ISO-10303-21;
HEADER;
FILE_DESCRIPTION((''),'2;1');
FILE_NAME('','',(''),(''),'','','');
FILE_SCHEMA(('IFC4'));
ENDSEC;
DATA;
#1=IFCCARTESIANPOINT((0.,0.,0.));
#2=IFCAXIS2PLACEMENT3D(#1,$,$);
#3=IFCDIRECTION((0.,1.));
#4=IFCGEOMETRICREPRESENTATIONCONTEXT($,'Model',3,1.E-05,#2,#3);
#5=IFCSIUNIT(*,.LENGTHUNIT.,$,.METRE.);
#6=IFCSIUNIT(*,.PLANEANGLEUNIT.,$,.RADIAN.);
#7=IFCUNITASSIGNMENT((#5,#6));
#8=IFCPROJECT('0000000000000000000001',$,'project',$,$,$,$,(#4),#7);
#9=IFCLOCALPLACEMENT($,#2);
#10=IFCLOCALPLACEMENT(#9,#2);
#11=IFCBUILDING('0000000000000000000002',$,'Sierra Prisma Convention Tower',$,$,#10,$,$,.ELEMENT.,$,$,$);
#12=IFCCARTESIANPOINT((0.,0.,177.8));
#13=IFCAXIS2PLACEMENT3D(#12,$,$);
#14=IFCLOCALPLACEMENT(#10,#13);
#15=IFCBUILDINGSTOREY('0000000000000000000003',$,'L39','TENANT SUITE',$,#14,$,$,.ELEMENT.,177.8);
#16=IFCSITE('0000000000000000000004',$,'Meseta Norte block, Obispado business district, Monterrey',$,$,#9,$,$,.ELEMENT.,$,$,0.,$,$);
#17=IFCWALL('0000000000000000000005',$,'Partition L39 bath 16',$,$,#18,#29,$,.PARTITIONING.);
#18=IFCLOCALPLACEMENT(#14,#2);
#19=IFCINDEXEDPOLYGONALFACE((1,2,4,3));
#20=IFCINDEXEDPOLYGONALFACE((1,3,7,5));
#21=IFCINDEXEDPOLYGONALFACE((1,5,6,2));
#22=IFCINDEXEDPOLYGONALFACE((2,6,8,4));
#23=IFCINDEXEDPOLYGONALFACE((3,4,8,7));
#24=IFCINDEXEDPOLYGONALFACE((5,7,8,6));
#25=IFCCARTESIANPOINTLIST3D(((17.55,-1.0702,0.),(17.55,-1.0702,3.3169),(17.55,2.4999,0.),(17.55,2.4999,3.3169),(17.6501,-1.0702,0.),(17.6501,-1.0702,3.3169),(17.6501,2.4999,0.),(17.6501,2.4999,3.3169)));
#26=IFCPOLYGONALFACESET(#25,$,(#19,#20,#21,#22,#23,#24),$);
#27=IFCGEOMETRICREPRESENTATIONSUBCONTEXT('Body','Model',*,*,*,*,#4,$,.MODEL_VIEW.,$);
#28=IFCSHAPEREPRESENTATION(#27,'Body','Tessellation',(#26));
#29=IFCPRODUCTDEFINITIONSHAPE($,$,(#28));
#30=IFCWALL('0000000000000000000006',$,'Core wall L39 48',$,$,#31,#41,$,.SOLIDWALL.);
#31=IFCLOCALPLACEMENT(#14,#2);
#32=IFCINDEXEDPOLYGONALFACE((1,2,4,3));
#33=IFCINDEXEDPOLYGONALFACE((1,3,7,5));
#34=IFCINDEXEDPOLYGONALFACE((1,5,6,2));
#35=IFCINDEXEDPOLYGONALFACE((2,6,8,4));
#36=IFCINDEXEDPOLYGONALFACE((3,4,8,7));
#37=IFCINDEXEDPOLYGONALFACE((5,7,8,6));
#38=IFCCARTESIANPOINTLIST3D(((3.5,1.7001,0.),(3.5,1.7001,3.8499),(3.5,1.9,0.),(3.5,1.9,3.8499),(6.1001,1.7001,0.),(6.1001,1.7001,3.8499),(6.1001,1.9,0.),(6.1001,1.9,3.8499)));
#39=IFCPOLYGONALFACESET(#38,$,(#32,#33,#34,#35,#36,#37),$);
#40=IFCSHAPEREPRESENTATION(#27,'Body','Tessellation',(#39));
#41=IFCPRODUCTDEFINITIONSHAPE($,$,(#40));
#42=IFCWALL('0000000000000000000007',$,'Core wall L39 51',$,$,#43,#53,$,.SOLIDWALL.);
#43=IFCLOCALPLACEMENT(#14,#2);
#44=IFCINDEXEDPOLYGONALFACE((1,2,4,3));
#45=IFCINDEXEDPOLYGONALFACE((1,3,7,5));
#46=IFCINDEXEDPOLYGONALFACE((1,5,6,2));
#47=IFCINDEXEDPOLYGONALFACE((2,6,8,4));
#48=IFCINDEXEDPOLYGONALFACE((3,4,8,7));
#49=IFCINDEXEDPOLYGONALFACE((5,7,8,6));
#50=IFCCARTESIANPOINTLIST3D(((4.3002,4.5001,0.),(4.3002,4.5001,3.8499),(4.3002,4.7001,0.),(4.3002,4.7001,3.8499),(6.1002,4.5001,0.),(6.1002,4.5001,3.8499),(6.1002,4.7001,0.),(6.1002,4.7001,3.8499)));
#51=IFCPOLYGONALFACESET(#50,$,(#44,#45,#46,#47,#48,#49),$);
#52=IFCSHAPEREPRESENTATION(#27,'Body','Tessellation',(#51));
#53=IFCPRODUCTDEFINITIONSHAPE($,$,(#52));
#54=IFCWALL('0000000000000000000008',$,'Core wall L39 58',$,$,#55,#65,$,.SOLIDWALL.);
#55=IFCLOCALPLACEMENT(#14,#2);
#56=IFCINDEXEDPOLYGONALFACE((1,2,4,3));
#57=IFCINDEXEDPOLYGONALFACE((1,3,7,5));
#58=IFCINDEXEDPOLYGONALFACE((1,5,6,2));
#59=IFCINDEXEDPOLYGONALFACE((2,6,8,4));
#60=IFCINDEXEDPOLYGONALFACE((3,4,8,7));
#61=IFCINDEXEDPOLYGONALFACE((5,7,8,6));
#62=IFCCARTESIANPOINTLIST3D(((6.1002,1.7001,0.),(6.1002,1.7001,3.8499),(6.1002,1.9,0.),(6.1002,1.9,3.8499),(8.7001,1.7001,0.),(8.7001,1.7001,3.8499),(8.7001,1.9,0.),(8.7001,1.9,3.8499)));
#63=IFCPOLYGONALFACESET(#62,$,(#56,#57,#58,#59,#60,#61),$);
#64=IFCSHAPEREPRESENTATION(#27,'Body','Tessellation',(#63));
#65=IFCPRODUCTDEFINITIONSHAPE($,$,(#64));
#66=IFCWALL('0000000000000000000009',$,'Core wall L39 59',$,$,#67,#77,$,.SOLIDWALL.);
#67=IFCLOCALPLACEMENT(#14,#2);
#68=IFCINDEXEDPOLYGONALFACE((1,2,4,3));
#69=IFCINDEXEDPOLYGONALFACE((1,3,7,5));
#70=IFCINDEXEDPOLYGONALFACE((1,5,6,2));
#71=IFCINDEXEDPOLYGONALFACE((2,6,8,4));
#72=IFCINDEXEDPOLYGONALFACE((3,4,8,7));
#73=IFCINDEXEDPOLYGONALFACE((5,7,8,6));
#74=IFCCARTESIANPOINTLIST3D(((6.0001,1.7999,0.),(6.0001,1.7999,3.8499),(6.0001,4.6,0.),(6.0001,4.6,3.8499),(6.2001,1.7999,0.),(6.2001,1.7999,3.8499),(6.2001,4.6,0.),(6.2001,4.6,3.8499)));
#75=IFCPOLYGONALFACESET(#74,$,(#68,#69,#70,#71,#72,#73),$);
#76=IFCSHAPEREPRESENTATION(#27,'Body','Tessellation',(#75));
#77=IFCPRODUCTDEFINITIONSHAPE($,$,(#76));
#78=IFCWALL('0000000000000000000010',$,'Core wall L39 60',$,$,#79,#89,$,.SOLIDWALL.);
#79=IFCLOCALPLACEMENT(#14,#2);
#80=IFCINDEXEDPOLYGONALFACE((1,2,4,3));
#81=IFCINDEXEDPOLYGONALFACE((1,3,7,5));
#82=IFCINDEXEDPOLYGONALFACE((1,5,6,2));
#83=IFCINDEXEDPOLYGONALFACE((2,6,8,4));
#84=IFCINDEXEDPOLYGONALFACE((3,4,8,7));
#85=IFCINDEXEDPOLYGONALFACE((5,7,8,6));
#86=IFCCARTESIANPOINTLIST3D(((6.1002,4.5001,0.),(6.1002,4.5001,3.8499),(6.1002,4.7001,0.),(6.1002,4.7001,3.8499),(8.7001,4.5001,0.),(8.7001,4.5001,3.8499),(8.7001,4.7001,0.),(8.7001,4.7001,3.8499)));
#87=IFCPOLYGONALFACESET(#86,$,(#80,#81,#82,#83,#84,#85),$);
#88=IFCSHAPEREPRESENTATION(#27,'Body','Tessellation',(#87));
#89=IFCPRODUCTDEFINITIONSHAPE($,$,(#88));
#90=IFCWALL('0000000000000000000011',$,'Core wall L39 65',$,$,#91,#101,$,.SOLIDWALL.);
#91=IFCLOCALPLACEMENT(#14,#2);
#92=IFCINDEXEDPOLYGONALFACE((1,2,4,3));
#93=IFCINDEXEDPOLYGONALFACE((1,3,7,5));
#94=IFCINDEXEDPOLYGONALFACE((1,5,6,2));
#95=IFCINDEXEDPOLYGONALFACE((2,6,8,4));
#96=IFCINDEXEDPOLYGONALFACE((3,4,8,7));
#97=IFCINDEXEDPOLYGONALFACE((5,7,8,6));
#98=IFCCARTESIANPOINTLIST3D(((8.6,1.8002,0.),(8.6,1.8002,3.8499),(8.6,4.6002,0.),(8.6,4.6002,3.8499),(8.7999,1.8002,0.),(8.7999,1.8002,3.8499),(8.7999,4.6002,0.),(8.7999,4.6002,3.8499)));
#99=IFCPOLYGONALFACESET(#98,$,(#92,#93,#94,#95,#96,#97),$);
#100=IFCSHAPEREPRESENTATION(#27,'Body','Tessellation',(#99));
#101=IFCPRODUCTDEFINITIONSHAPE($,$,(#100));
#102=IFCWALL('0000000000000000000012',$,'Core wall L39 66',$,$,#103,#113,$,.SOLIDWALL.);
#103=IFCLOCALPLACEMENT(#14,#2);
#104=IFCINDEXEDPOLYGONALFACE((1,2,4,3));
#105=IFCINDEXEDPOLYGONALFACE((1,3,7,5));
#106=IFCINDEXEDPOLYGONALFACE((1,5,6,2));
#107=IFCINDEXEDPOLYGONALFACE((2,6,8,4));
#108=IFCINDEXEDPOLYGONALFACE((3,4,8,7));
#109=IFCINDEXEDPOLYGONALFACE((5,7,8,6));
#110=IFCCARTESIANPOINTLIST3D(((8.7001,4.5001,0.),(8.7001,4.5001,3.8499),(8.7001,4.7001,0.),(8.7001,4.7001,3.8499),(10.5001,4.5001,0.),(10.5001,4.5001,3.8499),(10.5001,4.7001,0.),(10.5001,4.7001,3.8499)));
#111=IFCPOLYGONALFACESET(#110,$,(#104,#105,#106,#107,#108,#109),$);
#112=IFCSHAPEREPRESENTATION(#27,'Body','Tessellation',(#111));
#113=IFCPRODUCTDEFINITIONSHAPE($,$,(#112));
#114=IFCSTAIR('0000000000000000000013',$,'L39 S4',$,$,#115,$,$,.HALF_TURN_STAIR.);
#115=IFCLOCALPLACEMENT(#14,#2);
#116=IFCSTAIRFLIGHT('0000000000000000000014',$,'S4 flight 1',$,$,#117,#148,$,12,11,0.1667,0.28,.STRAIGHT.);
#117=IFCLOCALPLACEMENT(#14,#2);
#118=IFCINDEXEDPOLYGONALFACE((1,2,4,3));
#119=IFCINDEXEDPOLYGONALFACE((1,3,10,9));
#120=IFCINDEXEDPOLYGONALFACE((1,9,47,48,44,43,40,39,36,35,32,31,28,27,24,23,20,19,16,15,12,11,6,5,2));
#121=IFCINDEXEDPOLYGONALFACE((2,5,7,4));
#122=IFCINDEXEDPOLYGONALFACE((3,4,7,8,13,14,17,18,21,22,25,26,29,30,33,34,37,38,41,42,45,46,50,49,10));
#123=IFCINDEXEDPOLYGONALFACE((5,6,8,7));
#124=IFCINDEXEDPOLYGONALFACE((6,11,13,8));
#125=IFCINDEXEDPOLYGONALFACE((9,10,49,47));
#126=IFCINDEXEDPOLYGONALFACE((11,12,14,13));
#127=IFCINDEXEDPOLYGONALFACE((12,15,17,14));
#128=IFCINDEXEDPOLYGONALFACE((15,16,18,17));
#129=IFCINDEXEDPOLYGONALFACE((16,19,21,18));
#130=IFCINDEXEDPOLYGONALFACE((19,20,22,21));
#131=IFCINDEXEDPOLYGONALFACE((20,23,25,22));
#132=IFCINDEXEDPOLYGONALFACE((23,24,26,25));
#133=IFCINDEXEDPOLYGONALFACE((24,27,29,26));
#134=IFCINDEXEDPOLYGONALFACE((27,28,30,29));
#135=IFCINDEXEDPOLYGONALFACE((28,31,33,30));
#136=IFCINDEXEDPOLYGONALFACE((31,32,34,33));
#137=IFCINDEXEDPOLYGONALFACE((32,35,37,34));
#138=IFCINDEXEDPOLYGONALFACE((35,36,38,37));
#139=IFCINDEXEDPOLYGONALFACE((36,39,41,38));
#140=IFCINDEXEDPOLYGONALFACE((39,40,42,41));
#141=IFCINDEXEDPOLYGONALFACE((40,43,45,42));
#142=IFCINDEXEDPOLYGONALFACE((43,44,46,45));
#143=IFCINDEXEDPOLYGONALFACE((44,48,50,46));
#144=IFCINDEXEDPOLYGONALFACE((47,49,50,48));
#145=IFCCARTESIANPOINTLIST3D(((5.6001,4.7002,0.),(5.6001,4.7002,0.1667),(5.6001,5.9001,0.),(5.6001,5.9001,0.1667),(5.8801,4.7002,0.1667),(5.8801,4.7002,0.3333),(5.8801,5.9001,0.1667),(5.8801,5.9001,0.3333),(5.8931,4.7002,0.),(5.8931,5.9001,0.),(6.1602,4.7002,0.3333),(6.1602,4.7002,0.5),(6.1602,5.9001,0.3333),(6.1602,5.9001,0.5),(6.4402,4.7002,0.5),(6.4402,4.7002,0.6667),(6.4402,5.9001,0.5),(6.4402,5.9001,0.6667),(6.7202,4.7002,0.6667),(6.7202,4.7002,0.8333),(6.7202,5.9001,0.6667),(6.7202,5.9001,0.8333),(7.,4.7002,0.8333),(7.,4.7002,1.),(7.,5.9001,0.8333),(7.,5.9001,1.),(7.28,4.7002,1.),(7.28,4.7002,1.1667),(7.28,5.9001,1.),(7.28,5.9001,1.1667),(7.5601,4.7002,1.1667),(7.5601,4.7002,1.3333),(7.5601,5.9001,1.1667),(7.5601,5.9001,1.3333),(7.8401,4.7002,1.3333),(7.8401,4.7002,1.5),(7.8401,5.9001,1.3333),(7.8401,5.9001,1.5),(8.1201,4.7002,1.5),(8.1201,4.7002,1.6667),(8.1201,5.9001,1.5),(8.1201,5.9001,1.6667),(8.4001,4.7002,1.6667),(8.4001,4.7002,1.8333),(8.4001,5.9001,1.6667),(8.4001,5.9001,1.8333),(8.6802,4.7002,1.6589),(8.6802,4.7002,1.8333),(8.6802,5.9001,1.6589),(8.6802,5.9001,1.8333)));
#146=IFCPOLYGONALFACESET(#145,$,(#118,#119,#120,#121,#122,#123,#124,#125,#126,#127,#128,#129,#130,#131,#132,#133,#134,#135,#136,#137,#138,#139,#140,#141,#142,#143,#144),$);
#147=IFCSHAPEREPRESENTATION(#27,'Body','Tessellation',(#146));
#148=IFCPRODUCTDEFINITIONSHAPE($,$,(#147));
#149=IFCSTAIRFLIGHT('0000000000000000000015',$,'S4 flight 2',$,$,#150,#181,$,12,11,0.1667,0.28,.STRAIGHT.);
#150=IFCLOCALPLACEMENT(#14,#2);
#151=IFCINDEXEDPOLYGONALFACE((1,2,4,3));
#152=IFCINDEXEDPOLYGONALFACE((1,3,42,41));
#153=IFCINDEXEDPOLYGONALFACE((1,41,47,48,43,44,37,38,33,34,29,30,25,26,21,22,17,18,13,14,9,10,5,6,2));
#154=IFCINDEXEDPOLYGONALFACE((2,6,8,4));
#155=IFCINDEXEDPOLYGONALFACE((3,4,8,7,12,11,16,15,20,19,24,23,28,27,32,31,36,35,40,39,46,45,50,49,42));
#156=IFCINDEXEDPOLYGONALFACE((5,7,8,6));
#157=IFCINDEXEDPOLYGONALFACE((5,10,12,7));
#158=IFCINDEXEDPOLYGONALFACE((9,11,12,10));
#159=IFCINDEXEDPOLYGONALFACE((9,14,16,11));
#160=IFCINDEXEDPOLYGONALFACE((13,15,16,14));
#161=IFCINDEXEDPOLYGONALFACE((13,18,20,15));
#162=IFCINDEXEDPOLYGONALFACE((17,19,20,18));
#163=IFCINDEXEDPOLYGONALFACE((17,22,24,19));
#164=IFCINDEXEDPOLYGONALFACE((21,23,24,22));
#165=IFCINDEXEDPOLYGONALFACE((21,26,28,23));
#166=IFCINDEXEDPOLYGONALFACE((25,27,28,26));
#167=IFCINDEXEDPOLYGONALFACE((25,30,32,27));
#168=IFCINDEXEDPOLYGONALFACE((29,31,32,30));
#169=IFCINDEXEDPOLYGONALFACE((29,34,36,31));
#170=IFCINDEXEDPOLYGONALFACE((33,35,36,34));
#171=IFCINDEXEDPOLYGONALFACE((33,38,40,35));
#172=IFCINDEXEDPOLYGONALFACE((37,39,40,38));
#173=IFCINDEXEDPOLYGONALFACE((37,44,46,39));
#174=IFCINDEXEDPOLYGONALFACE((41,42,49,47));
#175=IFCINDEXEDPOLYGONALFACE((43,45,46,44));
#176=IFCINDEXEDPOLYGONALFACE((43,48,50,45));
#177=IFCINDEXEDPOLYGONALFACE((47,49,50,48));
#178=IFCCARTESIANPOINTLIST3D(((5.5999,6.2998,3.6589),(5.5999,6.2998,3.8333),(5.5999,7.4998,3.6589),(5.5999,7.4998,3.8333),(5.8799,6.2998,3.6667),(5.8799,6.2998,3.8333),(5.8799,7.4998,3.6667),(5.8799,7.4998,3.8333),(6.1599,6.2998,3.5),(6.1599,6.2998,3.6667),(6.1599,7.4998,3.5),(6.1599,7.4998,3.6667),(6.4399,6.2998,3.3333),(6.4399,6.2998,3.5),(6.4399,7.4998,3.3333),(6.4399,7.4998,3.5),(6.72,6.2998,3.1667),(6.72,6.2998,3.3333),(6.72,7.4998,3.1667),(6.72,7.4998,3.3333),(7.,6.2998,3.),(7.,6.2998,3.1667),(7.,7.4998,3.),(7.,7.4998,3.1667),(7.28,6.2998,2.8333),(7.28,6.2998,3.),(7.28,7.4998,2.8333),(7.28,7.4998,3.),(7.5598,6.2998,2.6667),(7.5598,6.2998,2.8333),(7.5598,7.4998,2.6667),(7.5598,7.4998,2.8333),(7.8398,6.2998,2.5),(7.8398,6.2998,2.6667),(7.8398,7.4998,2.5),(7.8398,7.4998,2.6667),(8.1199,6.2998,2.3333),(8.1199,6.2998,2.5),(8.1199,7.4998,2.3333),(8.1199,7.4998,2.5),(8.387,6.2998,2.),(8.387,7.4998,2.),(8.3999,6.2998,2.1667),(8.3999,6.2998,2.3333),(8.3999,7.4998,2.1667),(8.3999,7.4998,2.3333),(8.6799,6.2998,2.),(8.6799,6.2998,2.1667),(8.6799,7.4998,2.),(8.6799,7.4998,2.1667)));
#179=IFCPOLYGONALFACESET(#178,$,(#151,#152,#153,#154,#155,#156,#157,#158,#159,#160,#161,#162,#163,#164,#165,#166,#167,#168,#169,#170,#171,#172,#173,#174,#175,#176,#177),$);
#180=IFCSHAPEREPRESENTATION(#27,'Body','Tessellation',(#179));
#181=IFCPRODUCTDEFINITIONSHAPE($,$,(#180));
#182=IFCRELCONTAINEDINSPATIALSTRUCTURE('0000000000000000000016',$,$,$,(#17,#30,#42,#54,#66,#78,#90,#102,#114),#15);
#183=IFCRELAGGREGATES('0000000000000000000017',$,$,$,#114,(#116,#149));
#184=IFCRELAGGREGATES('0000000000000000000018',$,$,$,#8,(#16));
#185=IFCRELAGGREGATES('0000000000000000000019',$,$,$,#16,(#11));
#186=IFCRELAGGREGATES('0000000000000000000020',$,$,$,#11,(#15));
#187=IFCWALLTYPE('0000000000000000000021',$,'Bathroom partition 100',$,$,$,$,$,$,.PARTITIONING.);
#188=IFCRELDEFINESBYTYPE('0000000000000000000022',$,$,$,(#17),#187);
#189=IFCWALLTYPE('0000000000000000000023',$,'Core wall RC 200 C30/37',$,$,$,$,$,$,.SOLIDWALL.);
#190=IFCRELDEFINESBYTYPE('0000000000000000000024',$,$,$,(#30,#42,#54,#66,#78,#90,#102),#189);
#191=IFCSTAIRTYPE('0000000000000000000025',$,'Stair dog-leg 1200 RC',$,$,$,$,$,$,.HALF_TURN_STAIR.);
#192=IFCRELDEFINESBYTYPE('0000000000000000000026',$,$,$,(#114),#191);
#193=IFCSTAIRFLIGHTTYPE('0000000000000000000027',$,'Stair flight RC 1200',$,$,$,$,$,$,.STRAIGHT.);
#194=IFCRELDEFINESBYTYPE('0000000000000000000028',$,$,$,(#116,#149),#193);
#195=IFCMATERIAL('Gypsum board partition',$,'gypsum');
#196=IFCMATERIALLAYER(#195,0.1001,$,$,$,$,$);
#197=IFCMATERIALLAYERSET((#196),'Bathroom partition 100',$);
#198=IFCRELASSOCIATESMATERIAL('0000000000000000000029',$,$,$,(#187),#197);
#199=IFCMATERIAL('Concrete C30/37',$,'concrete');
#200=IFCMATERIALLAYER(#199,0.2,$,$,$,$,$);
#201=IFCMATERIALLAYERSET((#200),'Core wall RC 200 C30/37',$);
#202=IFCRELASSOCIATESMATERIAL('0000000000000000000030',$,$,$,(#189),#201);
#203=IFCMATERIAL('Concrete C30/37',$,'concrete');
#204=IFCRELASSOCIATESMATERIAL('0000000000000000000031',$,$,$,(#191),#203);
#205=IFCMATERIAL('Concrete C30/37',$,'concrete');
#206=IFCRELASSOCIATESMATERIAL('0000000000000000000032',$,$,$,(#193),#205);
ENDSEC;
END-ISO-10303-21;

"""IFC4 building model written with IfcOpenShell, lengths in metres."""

from ifc_helpers import new_model, si_unit, direction, frame, frame_2d, origin, place, context, subcontext, project, spatial, polyline, rectangle, outline, extrude, material, layer, layer_set, type_object, element, aggregate, save


model = new_model("IFC4")

# Units and contexts
model_context = context("Model", 3, precision=1e-05, world=origin(), true_north=direction((0.0, 1.0)))
body_context = subcontext(model_context, "Body", "Model", "MODEL_VIEW")
ifc_project = project(units=[si_unit("LENGTHUNIT", "METRE"), si_unit("PLANEANGLEUNIT", "RADIAN")], contexts=[model_context])

# Site, building, storey
site_placement = place(None, origin())
site = spatial("IfcSite", under=ifc_project, at=site_placement, Name="Meseta Norte block, Obispado business district, Monterrey", CompositionType="ELEMENT", RefElevation=0.0)
building_placement = place(site_placement, origin())
building = spatial("IfcBuilding", under=site, at=building_placement, Name="Sierra Prisma Convention Tower", CompositionType="ELEMENT")
storey_placement = place(building_placement, frame((0.0, 0.0, 177.8)))
storey = spatial("IfcBuildingStorey", under=building, at=storey_placement, Name="L39", Description="TENANT SUITE", CompositionType="ELEMENT", Elevation=177.8)

# Walls
ifc_material_1 = material(Name="Gypsum board partition", Category="gypsum")
ifc_layer_1 = layer(ifc_material_1, 0.1001)
ifc_layer_set_1 = layer_set([ifc_layer_1], Name="Bathroom partition 100")
wall_type_1 = type_object("IfcWallType", Name="Bathroom partition 100", PredefinedType="PARTITIONING", material=ifc_layer_set_1)
wall_1_placement = place(storey_placement, frame((17.6001, 2.5, 0.0), z_axis=(0.0, 0.0, 1.0), x_axis=(0.0, -1.0, 0.0)))
element("IfcWall", 1, at=wall_1_placement, inside=storey, type_object=wall_type_1, Name="Partition L39 bath 16", PredefinedType="PARTITIONING", context=body_context, shape_type="SweptSolid", body=[
    extrude(rectangle(XDim=3.5701, YDim=0.1001, at=frame_2d((1.7852, 0.0))), origin(), (0.0, 0.0, 1.0), 3.3169),
])
ifc_material_2 = material(Name="Concrete C30/37", Category="concrete")
ifc_layer_2 = layer(ifc_material_2, 0.2)
ifc_layer_set_2 = layer_set([ifc_layer_2], Name="Core wall RC 200 C30/37")
wall_type_2 = type_object("IfcWallType", Name="Core wall RC 200 C30/37", PredefinedType="SOLIDWALL", material=ifc_layer_set_2)
wall_2_placement = place(storey_placement, frame((6.1001, 1.8, 0.0), z_axis=(0.0, 0.0, 1.0), x_axis=(-1.0, 0.0, 0.0)))
element("IfcWall", 2, at=wall_2_placement, inside=storey, type_object=wall_type_2, Name="Core wall L39 48", PredefinedType="SOLIDWALL", context=body_context, shape_type="SweptSolid", body=[
    extrude(rectangle(XDim=2.6001, YDim=0.2, at=frame_2d((1.3, 0.0))), origin(), (0.0, 0.0, 1.0), 3.8499),
])
wall_3_placement = place(storey_placement, frame((6.1001, 4.6001, 0.0), z_axis=(0.0, 0.0, 1.0), x_axis=(-1.0, 0.0, 0.0)))
element("IfcWall", 3, at=wall_3_placement, inside=storey, type_object=wall_type_2, Name="Core wall L39 51", PredefinedType="SOLIDWALL", context=body_context, shape_type="SweptSolid", body=[
    extrude(rectangle(XDim=1.8, YDim=0.2, at=frame_2d((0.8999, 0.0))), origin(), (0.0, 0.0, 1.0), 3.8499),
])
wall_4_placement = place(storey_placement, frame((8.7, 1.8, 0.0), z_axis=(0.0, 0.0, 1.0), x_axis=(-1.0, 0.0, 0.0)))
element("IfcWall", 4, at=wall_4_placement, inside=storey, type_object=wall_type_2, Name="Core wall L39 58", PredefinedType="SOLIDWALL", context=body_context, shape_type="SweptSolid", body=[
    extrude(rectangle(XDim=2.5999, YDim=0.2, at=frame_2d((1.2998, 0.0))), origin(), (0.0, 0.0, 1.0), 3.8499),
])
wall_5_placement = place(storey_placement, frame((6.1001, 1.8, 0.0), z_axis=(0.0, 0.0, 1.0), x_axis=(0.0, 1.0, 0.0)))
element("IfcWall", 5, at=wall_5_placement, inside=storey, type_object=wall_type_2, Name="Core wall L39 59", PredefinedType="SOLIDWALL", context=body_context, shape_type="SweptSolid", body=[
    extrude(rectangle(XDim=2.8, YDim=0.2, at=frame_2d((1.3999, 0.0))), origin(), (0.0, 0.0, 1.0), 3.8499),
])
wall_6_placement = place(storey_placement, frame((8.7, 4.6001, 0.0), z_axis=(0.0, 0.0, 1.0), x_axis=(-1.0, 0.0, 0.0)))
element("IfcWall", 6, at=wall_6_placement, inside=storey, type_object=wall_type_2, Name="Core wall L39 60", PredefinedType="SOLIDWALL", context=body_context, shape_type="SweptSolid", body=[
    extrude(rectangle(XDim=2.5999, YDim=0.2, at=frame_2d((1.2998, 0.0))), origin(), (0.0, 0.0, 1.0), 3.8499),
])

# Walls
wall_7_placement = place(storey_placement, frame((8.7, 4.6001, 0.0), z_axis=(0.0, 0.0, 1.0), x_axis=(0.0, -1.0, 0.0)))
element("IfcWall", 7, at=wall_7_placement, inside=storey, type_object=wall_type_2, Name="Core wall L39 65", PredefinedType="SOLIDWALL", context=body_context, shape_type="SweptSolid", body=[
    extrude(rectangle(XDim=2.8, YDim=0.2, at=frame_2d((1.3999, 0.0))), origin(), (0.0, 0.0, 1.0), 3.8499),
])
wall_8_placement = place(storey_placement, frame((10.5, 4.6001, 0.0), z_axis=(0.0, 0.0, 1.0), x_axis=(-1.0, 0.0, 0.0)))
element("IfcWall", 8, at=wall_8_placement, inside=storey, type_object=wall_type_2, Name="Core wall L39 66", PredefinedType="SOLIDWALL", context=body_context, shape_type="SweptSolid", body=[
    extrude(rectangle(XDim=1.8, YDim=0.2, at=frame_2d((0.8999, 0.0))), origin(), (0.0, 0.0, 1.0), 3.8499),
])

# Stair, stair flights
ifc_material_3 = material(Name="Concrete C30/37", Category="concrete")
stair_type = type_object("IfcStairType", Name="Stair dog-leg 1200 RC", PredefinedType="HALF_TURN_STAIR", material=ifc_material_3)
stair_placement = place(storey_placement, origin())
stair = element("IfcStair", 9, at=stair_placement, inside=storey, type_object=stair_type, Name="L39 S4", PredefinedType="HALF_TURN_STAIR")
ifc_material_4 = material(Name="Concrete C30/37", Category="concrete")
stair_flight_type = type_object("IfcStairFlightType", Name="Stair flight RC 1200", PredefinedType="STRAIGHT", material=ifc_material_4)
stair_flight_1_placement = place(storey_placement, frame((5.6001, 5.3, 0.0), z_axis=(0.0, 0.0, 1.0), x_axis=(1.0, 0.0, 0.0)))
stair_flight_1 = element("IfcStairFlight", 10, at=stair_flight_1_placement, type_object=stair_flight_type, Name="S4 flight 1", NumberOfRisers=12, NumberOfTreads=11, PredefinedType="STRAIGHT", RiserHeight=0.1667, TreadLength=0.28, context=body_context, shape_type="SweptSolid", body=[
    extrude(outline(polyline([(0.0, 0.0), (0.0, 0.1667), (0.28, 0.1667), (0.28, 0.3333), (0.5601, 0.3333), (0.5601, 0.5), (0.8401, 0.5), (0.8401, 0.6667), (1.1201, 0.6667), (1.1201, 0.8333), (1.3999, 0.8333), (1.3999, 1.0), (1.6799, 1.0), (1.6799, 1.1667), (1.96, 1.1667), (1.96, 1.3333), (2.24, 1.3333), (2.24, 1.5), (2.52, 1.5), (2.52, 1.6667), (2.8, 1.6667), (2.8, 1.8333), (3.0801, 1.8333), (3.0801, 2.0), (3.0801, 1.6589), (0.293, 0.0), (0.0, 0.0)])), frame((0.0, 0.6001, 0.0), z_axis=(0.0, -1.0, 0.0), x_axis=(1.0, 0.0, 0.0)), (0.0, 0.0, 1.0), 1.2),
])
stair_flight_2_placement = place(storey_placement, frame((8.6799, 6.8999, 2.0), z_axis=(0.0, 0.0, 1.0), x_axis=(-1.0, 0.0, 0.0)))
stair_flight_2 = element("IfcStairFlight", 11, at=stair_flight_2_placement, type_object=stair_flight_type, Name="S4 flight 2", NumberOfRisers=12, NumberOfTreads=11, PredefinedType="STRAIGHT", RiserHeight=0.1667, TreadLength=0.28, context=body_context, shape_type="SweptSolid", body=[
    extrude(outline(polyline([(0.0, 0.0), (0.0, 0.1667), (0.28, 0.1667), (0.28, 0.3333), (0.5601, 0.3333), (0.5601, 0.5), (0.8401, 0.5), (0.8401, 0.6667), (1.1201, 0.6667), (1.1201, 0.8333), (1.3999, 0.8333), (1.3999, 1.0), (1.6799, 1.0), (1.6799, 1.1667), (1.96, 1.1667), (1.96, 1.3333), (2.24, 1.3333), (2.24, 1.5), (2.52, 1.5), (2.52, 1.6667), (2.8, 1.6667), (2.8, 1.8333), (3.0801, 1.8333), (3.0801, 2.0), (3.0801, 1.6589), (0.293, 0.0), (0.0, 0.0)])), frame((0.0, 0.6001, 0.0), z_axis=(0.0, -1.0, 0.0), x_axis=(1.0, 0.0, 0.0)), (0.0, 0.0, 1.0), 1.2),
])
aggregate(stair, [stair_flight_1, stair_flight_2])

save(model, "model.ifc")
